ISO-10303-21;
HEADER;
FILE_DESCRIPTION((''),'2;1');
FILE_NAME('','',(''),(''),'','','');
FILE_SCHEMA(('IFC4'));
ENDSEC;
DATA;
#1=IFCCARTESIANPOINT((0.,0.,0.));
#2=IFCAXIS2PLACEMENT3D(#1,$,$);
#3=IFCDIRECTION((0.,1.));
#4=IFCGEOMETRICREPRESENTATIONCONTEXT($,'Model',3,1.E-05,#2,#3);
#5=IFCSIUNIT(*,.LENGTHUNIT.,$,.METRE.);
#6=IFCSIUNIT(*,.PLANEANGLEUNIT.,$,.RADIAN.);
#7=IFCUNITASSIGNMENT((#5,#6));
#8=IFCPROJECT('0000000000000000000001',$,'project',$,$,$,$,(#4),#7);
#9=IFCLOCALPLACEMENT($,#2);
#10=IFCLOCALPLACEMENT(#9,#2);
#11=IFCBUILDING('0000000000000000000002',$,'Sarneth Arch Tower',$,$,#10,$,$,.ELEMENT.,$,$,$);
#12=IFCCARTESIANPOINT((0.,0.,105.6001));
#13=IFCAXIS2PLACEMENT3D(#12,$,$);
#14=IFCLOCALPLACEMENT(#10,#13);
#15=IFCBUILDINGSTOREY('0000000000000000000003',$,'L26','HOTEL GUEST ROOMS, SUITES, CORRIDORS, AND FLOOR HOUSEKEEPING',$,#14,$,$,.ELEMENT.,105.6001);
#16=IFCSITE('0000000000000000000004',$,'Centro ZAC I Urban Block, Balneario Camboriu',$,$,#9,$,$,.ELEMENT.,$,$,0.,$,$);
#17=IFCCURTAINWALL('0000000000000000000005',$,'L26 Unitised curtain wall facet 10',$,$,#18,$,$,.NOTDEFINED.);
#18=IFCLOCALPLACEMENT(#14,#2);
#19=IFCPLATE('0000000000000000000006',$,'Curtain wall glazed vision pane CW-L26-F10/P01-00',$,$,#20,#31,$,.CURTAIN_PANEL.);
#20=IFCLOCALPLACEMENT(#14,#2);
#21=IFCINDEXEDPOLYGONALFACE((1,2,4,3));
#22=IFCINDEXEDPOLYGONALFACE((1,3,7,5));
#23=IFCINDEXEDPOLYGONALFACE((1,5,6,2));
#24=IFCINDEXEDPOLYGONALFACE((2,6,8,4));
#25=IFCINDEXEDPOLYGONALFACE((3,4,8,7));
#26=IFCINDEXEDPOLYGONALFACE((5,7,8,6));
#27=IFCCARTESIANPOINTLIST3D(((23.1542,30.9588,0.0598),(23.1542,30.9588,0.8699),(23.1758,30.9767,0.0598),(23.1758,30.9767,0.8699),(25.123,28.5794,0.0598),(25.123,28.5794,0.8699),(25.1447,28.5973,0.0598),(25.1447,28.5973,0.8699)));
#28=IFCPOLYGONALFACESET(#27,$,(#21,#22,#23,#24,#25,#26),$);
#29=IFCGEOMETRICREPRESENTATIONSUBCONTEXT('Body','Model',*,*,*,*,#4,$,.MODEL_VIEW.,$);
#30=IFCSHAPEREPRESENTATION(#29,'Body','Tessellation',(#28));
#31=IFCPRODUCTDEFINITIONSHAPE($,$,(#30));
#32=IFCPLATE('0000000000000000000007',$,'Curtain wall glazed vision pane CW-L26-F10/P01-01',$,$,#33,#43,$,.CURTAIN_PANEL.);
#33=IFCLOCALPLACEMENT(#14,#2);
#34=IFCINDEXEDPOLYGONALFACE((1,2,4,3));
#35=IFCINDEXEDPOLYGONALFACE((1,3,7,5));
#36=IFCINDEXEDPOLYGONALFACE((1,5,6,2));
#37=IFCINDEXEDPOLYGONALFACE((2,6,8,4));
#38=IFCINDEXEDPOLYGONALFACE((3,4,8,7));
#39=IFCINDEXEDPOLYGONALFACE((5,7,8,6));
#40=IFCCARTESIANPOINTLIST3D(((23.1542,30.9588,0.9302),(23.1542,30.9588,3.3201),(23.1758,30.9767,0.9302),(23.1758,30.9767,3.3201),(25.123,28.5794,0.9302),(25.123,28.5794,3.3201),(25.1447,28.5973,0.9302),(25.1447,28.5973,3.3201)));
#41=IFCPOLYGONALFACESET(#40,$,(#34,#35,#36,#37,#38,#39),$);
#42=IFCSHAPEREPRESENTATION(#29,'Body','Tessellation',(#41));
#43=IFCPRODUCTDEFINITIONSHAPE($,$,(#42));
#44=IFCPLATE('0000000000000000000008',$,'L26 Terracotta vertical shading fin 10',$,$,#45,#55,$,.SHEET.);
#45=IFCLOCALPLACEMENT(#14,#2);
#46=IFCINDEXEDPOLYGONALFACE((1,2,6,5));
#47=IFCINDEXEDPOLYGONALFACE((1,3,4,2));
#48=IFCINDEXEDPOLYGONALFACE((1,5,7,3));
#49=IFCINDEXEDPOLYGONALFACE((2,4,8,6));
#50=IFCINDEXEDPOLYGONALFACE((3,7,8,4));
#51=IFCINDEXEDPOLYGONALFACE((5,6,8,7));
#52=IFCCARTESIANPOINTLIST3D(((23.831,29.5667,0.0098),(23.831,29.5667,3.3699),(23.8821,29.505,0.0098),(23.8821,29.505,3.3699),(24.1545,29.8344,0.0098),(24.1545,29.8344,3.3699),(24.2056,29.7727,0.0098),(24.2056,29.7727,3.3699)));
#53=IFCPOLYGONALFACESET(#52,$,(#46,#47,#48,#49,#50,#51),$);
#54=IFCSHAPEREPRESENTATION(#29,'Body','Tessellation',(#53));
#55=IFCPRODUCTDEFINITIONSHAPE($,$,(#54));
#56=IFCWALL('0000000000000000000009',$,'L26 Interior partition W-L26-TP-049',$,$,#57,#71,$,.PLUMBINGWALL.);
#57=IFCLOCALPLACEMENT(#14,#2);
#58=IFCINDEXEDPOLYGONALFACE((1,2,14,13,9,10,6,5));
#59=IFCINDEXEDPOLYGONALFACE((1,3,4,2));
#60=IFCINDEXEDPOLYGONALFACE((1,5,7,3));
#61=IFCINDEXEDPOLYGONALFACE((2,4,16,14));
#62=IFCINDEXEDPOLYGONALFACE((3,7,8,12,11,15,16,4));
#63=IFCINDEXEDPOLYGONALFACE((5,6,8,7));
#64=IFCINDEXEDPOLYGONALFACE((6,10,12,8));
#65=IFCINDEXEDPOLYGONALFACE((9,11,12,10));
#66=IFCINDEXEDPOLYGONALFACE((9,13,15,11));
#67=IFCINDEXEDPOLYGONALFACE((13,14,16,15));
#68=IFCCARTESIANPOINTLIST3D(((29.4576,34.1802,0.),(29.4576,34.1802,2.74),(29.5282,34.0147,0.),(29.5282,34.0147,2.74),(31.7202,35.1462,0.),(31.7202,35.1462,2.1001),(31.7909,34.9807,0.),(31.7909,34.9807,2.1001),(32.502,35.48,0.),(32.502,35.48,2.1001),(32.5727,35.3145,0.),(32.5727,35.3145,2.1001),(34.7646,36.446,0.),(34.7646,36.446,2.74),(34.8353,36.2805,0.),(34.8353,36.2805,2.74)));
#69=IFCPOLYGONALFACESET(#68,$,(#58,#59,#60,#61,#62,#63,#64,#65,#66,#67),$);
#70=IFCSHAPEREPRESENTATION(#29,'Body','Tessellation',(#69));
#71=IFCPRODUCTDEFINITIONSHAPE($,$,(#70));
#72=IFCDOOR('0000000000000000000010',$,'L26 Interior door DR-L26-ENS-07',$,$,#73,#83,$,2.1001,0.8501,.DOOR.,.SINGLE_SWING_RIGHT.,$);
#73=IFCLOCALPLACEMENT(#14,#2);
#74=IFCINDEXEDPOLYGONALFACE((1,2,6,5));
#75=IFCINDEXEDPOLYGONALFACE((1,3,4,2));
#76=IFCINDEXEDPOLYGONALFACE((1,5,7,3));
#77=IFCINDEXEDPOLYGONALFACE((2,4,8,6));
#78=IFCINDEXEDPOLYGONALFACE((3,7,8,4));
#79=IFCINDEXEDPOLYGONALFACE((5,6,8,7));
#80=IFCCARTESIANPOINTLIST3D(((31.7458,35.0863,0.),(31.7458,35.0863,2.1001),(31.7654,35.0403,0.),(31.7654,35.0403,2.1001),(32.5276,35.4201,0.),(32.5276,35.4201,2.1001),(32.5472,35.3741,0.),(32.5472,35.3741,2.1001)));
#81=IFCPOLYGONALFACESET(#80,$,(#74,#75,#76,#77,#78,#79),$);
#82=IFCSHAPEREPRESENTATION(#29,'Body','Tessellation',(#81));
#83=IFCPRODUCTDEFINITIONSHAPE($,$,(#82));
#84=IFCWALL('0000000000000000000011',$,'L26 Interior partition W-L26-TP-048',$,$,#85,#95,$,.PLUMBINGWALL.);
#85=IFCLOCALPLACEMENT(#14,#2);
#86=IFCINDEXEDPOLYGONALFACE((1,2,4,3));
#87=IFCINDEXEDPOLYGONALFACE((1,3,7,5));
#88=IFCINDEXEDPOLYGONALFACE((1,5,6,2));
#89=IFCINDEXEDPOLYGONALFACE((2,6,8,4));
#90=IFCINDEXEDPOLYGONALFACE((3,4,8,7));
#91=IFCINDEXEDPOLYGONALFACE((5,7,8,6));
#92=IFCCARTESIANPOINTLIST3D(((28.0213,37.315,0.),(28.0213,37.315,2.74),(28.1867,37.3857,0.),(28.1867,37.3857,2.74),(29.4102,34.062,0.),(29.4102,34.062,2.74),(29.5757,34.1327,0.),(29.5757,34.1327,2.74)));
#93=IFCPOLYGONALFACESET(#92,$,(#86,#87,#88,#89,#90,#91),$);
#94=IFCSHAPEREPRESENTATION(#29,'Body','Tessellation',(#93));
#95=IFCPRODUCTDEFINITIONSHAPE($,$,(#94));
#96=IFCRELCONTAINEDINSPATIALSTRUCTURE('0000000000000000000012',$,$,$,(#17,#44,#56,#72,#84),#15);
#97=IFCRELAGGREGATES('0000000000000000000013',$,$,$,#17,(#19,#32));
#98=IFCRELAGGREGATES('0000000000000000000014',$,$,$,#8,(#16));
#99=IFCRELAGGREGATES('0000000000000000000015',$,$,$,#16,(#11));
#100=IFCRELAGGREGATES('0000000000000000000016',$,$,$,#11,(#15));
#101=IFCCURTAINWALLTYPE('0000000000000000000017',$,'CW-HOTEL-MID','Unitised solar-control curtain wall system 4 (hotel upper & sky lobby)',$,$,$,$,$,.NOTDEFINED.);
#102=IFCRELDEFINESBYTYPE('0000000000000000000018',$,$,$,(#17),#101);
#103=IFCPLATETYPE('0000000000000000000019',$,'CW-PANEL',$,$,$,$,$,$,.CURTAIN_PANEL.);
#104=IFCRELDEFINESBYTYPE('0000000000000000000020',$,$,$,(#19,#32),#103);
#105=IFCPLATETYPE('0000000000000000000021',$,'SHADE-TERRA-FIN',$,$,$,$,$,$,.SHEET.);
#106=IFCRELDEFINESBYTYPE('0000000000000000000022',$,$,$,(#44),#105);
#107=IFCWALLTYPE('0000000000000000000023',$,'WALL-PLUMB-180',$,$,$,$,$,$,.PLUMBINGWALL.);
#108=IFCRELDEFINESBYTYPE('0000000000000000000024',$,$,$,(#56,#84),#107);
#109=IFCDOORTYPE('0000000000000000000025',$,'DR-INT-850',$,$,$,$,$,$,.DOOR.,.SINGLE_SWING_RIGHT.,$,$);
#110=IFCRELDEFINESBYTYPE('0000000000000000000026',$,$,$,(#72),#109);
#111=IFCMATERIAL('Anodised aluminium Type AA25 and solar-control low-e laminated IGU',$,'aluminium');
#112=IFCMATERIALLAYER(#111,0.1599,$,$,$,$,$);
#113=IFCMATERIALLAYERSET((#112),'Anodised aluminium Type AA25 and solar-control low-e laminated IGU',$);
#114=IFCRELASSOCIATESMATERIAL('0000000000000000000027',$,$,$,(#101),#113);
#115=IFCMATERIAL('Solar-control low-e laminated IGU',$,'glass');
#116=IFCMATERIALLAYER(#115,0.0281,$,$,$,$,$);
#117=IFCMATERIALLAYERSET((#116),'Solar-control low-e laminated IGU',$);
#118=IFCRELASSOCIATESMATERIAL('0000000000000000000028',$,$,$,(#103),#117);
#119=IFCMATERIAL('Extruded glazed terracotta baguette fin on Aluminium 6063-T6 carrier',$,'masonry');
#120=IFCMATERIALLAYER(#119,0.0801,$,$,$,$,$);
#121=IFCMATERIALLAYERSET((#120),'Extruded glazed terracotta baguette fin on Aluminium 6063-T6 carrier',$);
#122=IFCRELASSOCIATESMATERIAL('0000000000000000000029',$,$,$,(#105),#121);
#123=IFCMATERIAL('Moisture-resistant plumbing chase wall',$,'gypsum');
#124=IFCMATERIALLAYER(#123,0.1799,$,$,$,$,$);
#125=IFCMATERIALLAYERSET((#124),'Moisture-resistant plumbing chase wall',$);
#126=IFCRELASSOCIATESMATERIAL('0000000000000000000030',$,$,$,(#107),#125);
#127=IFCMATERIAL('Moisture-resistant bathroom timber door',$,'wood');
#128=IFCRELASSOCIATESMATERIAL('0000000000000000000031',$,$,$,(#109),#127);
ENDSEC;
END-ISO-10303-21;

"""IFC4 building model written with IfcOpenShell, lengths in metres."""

from ifc_helpers import new_model, si_unit, direction, frame, frame_2d, origin, origin_2d, place, context, subcontext, project, spatial, rectangle, extrude, material, layer, layer_set, type_object, element, fill, aggregate, save


model = new_model("IFC4")

# Units and contexts
model_context = context("Model", 3, precision=1e-05, world=origin(), true_north=direction((0.0, 1.0)))
body_context = subcontext(model_context, "Body", "Model", "MODEL_VIEW")
ifc_project = project(units=[si_unit("LENGTHUNIT", "METRE"), si_unit("PLANEANGLEUNIT", "RADIAN")], contexts=[model_context])

# Site, building, storey
site_placement = place(None, origin())
site = spatial("IfcSite", under=ifc_project, at=site_placement, Name="Centro ZAC I Urban Block, Balneario Camboriu", CompositionType="ELEMENT", RefElevation=0.0)
building_placement = place(site_placement, origin())
building = spatial("IfcBuilding", under=site, at=building_placement, Name="Sarneth Arch Tower", CompositionType="ELEMENT")
storey_placement = place(building_placement, frame((0.0, 0.0, 105.6001)))
storey = spatial("IfcBuildingStorey", under=building, at=storey_placement, Name="L26", Description="HOTEL GUEST ROOMS, SUITES, CORRIDORS, AND FLOOR HOUSEKEEPING", CompositionType="ELEMENT", Elevation=105.6001)

# Curtain wall, plates
ifc_material_1 = material(Name="Anodised aluminium Type AA25 and solar-control low-e laminated IGU", Category="aluminium")
ifc_layer_1 = layer(ifc_material_1, 0.1599)
ifc_layer_set_1 = layer_set([ifc_layer_1], Name="Anodised aluminium Type AA25 and solar-control low-e laminated IGU")
curtain_wall_type = type_object("IfcCurtainWallType", Name="CW-HOTEL-MID", Description="Unitised solar-control curtain wall system 4 (hotel upper & sky lobby)", PredefinedType="NOTDEFINED", material=ifc_layer_set_1)
curtain_wall_placement = place(storey_placement, origin())
curtain_wall = element("IfcCurtainWall", 1, at=curtain_wall_placement, inside=storey, type_object=curtain_wall_type, Name="L26 Unitised curtain wall facet 10", PredefinedType="NOTDEFINED")
ifc_material_2 = material(Name="Solar-control low-e laminated IGU", Category="glass")
ifc_layer_2 = layer(ifc_material_2, 0.0281)
ifc_layer_set_2 = layer_set([ifc_layer_2], Name="Solar-control low-e laminated IGU")
plate_type_1 = type_object("IfcPlateType", Name="CW-PANEL", PredefinedType="CURTAIN_PANEL", material=ifc_layer_set_2)
plate_1_placement = place(storey_placement, frame((24.1494, 29.7781, 0.0598), z_axis=(0.0, 0.0, 1.0), x_axis=(0.637515, -0.770438, 0.0)))
plate_1 = element("IfcPlate", 2, at=plate_1_placement, type_object=plate_type_1, Name="Curtain wall glazed vision pane CW-L26-F10/P01-00", PredefinedType="CURTAIN_PANEL", context=body_context, shape_type="SweptSolid", body=[
    extrude(rectangle(XDim=3.0884, YDim=0.0281, at=origin_2d()), origin(), (0.0, 0.0, 1.0), 0.8101),
])
plate_2_placement = place(storey_placement, frame((24.1494, 29.7781, 0.9302), z_axis=(0.0, 0.0, 1.0), x_axis=(0.637515, -0.770438, 0.0)))
plate_2 = element("IfcPlate", 3, at=plate_2_placement, type_object=plate_type_1, Name="Curtain wall glazed vision pane CW-L26-F10/P01-01", PredefinedType="CURTAIN_PANEL", context=body_context, shape_type="SweptSolid", body=[
    extrude(rectangle(XDim=3.0884, YDim=0.0281, at=origin_2d()), origin(), (0.0, 0.0, 1.0), 2.3899),
])
aggregate(curtain_wall, [plate_1, plate_2])

# Plate
ifc_material_3 = material(Name="Extruded glazed terracotta baguette fin on Aluminium 6063-T6 carrier", Category="masonry")
ifc_layer_3 = layer(ifc_material_3, 0.0801)
ifc_layer_set_3 = layer_set([ifc_layer_3], Name="Extruded glazed terracotta baguette fin on Aluminium 6063-T6 carrier")
plate_type_2 = type_object("IfcPlateType", Name="SHADE-TERRA-FIN", PredefinedType="SHEET", material=ifc_layer_set_3)
plate_3_placement = place(storey_placement, frame((24.0183, 29.6697, 0.0098), z_axis=(0.0, 0.0, 1.0), x_axis=(-0.770402, -0.637558, 0.0)))
element("IfcPlate", 4, at=plate_3_placement, inside=storey, type_object=plate_type_2, Name="L26 Terracotta vertical shading fin 10", PredefinedType="SHEET", context=body_context, shape_type="SweptSolid", body=[
    extrude(rectangle(XDim=0.4199, YDim=0.0801, at=origin_2d()), origin(), (0.0, 0.0, 1.0), 3.3601),
])

# Wall, opening, door
ifc_material_4 = material(Name="Moisture-resistant plumbing chase wall", Category="gypsum")
ifc_layer_4 = layer(ifc_material_4, 0.1799)
ifc_layer_set_4 = layer_set([ifc_layer_4], Name="Moisture-resistant plumbing chase wall")
wall_type = type_object("IfcWallType", Name="WALL-PLUMB-180", PredefinedType="PLUMBINGWALL", material=ifc_layer_set_4)
wall_1_placement = place(storey_placement, frame((29.4929, 34.0974, 0.0), z_axis=(0.0, 0.0, 1.0), x_axis=(0.919685, 0.392658, 0.0)))
wall_1 = element("IfcWall", 5, at=wall_1_placement, inside=storey, type_object=wall_type, Name="L26 Interior partition W-L26-TP-049", PredefinedType="PLUMBINGWALL", context=body_context, shape_type="SweptSolid", body=[
    extrude(rectangle(XDim=5.7705, YDim=0.1799, at=frame_2d((2.8853, 0.0))), origin(), (0.0, 0.0, 1.0), 2.74),
])
opening_placement = place(wall_1_placement, frame((2.4602, 0.0, 0.0)))
opening = element("IfcOpeningElement", 6, at=opening_placement, cuts=wall_1, PredefinedType="OPENING", context=body_context, shape_type="SweptSolid", body=[
    extrude(rectangle(XDim=0.8501, YDim=2.1001, at=frame_2d((0.425, 1.05))), frame((0.0, 0.0999, 0.0), z_axis=(0.0, -1.0, 0.0), x_axis=(1.0, 0.0, 0.0)), (0.0, 0.0, 1.0), 0.2),
])
ifc_material_5 = material(Name="Moisture-resistant bathroom timber door", Category="wood")
door_type = type_object("IfcDoorType", Name="DR-INT-850", OperationType="SINGLE_SWING_RIGHT", PredefinedType="DOOR", material=ifc_material_5)
door_placement = place(opening_placement, origin())
door = element("IfcDoor", 7, at=door_placement, inside=storey, type_object=door_type, Name="L26 Interior door DR-L26-ENS-07", OperationType="SINGLE_SWING_RIGHT", OverallHeight=2.1001, OverallWidth=0.8501, PredefinedType="DOOR", context=body_context, shape_type="SweptSolid", body=[
    extrude(rectangle(XDim=0.8501, YDim=2.1001, at=frame_2d((0.425, 1.05))), frame((0.0, 0.0249, 0.0), z_axis=(0.0, -1.0, 0.0), x_axis=(1.0, 0.0, 0.0)), (0.0, 0.0, 1.0), 0.05),
])
fill(opening, door)

# Wall
wall_2_placement = place(storey_placement, frame((28.104, 37.3503, 0.0), z_axis=(0.0, 0.0, 1.0), x_axis=(0.392678, -0.919676, 0.0)))
element("IfcWall", 8, at=wall_2_placement, inside=storey, type_object=wall_type, Name="L26 Interior partition W-L26-TP-048", PredefinedType="PLUMBINGWALL", context=body_context, shape_type="SweptSolid", body=[
    extrude(rectangle(XDim=3.5371, YDim=0.1799, at=frame_2d((1.7686, 0.0))), origin(), (0.0, 0.0, 1.0), 2.74),
])

save(model, "model.ifc")
